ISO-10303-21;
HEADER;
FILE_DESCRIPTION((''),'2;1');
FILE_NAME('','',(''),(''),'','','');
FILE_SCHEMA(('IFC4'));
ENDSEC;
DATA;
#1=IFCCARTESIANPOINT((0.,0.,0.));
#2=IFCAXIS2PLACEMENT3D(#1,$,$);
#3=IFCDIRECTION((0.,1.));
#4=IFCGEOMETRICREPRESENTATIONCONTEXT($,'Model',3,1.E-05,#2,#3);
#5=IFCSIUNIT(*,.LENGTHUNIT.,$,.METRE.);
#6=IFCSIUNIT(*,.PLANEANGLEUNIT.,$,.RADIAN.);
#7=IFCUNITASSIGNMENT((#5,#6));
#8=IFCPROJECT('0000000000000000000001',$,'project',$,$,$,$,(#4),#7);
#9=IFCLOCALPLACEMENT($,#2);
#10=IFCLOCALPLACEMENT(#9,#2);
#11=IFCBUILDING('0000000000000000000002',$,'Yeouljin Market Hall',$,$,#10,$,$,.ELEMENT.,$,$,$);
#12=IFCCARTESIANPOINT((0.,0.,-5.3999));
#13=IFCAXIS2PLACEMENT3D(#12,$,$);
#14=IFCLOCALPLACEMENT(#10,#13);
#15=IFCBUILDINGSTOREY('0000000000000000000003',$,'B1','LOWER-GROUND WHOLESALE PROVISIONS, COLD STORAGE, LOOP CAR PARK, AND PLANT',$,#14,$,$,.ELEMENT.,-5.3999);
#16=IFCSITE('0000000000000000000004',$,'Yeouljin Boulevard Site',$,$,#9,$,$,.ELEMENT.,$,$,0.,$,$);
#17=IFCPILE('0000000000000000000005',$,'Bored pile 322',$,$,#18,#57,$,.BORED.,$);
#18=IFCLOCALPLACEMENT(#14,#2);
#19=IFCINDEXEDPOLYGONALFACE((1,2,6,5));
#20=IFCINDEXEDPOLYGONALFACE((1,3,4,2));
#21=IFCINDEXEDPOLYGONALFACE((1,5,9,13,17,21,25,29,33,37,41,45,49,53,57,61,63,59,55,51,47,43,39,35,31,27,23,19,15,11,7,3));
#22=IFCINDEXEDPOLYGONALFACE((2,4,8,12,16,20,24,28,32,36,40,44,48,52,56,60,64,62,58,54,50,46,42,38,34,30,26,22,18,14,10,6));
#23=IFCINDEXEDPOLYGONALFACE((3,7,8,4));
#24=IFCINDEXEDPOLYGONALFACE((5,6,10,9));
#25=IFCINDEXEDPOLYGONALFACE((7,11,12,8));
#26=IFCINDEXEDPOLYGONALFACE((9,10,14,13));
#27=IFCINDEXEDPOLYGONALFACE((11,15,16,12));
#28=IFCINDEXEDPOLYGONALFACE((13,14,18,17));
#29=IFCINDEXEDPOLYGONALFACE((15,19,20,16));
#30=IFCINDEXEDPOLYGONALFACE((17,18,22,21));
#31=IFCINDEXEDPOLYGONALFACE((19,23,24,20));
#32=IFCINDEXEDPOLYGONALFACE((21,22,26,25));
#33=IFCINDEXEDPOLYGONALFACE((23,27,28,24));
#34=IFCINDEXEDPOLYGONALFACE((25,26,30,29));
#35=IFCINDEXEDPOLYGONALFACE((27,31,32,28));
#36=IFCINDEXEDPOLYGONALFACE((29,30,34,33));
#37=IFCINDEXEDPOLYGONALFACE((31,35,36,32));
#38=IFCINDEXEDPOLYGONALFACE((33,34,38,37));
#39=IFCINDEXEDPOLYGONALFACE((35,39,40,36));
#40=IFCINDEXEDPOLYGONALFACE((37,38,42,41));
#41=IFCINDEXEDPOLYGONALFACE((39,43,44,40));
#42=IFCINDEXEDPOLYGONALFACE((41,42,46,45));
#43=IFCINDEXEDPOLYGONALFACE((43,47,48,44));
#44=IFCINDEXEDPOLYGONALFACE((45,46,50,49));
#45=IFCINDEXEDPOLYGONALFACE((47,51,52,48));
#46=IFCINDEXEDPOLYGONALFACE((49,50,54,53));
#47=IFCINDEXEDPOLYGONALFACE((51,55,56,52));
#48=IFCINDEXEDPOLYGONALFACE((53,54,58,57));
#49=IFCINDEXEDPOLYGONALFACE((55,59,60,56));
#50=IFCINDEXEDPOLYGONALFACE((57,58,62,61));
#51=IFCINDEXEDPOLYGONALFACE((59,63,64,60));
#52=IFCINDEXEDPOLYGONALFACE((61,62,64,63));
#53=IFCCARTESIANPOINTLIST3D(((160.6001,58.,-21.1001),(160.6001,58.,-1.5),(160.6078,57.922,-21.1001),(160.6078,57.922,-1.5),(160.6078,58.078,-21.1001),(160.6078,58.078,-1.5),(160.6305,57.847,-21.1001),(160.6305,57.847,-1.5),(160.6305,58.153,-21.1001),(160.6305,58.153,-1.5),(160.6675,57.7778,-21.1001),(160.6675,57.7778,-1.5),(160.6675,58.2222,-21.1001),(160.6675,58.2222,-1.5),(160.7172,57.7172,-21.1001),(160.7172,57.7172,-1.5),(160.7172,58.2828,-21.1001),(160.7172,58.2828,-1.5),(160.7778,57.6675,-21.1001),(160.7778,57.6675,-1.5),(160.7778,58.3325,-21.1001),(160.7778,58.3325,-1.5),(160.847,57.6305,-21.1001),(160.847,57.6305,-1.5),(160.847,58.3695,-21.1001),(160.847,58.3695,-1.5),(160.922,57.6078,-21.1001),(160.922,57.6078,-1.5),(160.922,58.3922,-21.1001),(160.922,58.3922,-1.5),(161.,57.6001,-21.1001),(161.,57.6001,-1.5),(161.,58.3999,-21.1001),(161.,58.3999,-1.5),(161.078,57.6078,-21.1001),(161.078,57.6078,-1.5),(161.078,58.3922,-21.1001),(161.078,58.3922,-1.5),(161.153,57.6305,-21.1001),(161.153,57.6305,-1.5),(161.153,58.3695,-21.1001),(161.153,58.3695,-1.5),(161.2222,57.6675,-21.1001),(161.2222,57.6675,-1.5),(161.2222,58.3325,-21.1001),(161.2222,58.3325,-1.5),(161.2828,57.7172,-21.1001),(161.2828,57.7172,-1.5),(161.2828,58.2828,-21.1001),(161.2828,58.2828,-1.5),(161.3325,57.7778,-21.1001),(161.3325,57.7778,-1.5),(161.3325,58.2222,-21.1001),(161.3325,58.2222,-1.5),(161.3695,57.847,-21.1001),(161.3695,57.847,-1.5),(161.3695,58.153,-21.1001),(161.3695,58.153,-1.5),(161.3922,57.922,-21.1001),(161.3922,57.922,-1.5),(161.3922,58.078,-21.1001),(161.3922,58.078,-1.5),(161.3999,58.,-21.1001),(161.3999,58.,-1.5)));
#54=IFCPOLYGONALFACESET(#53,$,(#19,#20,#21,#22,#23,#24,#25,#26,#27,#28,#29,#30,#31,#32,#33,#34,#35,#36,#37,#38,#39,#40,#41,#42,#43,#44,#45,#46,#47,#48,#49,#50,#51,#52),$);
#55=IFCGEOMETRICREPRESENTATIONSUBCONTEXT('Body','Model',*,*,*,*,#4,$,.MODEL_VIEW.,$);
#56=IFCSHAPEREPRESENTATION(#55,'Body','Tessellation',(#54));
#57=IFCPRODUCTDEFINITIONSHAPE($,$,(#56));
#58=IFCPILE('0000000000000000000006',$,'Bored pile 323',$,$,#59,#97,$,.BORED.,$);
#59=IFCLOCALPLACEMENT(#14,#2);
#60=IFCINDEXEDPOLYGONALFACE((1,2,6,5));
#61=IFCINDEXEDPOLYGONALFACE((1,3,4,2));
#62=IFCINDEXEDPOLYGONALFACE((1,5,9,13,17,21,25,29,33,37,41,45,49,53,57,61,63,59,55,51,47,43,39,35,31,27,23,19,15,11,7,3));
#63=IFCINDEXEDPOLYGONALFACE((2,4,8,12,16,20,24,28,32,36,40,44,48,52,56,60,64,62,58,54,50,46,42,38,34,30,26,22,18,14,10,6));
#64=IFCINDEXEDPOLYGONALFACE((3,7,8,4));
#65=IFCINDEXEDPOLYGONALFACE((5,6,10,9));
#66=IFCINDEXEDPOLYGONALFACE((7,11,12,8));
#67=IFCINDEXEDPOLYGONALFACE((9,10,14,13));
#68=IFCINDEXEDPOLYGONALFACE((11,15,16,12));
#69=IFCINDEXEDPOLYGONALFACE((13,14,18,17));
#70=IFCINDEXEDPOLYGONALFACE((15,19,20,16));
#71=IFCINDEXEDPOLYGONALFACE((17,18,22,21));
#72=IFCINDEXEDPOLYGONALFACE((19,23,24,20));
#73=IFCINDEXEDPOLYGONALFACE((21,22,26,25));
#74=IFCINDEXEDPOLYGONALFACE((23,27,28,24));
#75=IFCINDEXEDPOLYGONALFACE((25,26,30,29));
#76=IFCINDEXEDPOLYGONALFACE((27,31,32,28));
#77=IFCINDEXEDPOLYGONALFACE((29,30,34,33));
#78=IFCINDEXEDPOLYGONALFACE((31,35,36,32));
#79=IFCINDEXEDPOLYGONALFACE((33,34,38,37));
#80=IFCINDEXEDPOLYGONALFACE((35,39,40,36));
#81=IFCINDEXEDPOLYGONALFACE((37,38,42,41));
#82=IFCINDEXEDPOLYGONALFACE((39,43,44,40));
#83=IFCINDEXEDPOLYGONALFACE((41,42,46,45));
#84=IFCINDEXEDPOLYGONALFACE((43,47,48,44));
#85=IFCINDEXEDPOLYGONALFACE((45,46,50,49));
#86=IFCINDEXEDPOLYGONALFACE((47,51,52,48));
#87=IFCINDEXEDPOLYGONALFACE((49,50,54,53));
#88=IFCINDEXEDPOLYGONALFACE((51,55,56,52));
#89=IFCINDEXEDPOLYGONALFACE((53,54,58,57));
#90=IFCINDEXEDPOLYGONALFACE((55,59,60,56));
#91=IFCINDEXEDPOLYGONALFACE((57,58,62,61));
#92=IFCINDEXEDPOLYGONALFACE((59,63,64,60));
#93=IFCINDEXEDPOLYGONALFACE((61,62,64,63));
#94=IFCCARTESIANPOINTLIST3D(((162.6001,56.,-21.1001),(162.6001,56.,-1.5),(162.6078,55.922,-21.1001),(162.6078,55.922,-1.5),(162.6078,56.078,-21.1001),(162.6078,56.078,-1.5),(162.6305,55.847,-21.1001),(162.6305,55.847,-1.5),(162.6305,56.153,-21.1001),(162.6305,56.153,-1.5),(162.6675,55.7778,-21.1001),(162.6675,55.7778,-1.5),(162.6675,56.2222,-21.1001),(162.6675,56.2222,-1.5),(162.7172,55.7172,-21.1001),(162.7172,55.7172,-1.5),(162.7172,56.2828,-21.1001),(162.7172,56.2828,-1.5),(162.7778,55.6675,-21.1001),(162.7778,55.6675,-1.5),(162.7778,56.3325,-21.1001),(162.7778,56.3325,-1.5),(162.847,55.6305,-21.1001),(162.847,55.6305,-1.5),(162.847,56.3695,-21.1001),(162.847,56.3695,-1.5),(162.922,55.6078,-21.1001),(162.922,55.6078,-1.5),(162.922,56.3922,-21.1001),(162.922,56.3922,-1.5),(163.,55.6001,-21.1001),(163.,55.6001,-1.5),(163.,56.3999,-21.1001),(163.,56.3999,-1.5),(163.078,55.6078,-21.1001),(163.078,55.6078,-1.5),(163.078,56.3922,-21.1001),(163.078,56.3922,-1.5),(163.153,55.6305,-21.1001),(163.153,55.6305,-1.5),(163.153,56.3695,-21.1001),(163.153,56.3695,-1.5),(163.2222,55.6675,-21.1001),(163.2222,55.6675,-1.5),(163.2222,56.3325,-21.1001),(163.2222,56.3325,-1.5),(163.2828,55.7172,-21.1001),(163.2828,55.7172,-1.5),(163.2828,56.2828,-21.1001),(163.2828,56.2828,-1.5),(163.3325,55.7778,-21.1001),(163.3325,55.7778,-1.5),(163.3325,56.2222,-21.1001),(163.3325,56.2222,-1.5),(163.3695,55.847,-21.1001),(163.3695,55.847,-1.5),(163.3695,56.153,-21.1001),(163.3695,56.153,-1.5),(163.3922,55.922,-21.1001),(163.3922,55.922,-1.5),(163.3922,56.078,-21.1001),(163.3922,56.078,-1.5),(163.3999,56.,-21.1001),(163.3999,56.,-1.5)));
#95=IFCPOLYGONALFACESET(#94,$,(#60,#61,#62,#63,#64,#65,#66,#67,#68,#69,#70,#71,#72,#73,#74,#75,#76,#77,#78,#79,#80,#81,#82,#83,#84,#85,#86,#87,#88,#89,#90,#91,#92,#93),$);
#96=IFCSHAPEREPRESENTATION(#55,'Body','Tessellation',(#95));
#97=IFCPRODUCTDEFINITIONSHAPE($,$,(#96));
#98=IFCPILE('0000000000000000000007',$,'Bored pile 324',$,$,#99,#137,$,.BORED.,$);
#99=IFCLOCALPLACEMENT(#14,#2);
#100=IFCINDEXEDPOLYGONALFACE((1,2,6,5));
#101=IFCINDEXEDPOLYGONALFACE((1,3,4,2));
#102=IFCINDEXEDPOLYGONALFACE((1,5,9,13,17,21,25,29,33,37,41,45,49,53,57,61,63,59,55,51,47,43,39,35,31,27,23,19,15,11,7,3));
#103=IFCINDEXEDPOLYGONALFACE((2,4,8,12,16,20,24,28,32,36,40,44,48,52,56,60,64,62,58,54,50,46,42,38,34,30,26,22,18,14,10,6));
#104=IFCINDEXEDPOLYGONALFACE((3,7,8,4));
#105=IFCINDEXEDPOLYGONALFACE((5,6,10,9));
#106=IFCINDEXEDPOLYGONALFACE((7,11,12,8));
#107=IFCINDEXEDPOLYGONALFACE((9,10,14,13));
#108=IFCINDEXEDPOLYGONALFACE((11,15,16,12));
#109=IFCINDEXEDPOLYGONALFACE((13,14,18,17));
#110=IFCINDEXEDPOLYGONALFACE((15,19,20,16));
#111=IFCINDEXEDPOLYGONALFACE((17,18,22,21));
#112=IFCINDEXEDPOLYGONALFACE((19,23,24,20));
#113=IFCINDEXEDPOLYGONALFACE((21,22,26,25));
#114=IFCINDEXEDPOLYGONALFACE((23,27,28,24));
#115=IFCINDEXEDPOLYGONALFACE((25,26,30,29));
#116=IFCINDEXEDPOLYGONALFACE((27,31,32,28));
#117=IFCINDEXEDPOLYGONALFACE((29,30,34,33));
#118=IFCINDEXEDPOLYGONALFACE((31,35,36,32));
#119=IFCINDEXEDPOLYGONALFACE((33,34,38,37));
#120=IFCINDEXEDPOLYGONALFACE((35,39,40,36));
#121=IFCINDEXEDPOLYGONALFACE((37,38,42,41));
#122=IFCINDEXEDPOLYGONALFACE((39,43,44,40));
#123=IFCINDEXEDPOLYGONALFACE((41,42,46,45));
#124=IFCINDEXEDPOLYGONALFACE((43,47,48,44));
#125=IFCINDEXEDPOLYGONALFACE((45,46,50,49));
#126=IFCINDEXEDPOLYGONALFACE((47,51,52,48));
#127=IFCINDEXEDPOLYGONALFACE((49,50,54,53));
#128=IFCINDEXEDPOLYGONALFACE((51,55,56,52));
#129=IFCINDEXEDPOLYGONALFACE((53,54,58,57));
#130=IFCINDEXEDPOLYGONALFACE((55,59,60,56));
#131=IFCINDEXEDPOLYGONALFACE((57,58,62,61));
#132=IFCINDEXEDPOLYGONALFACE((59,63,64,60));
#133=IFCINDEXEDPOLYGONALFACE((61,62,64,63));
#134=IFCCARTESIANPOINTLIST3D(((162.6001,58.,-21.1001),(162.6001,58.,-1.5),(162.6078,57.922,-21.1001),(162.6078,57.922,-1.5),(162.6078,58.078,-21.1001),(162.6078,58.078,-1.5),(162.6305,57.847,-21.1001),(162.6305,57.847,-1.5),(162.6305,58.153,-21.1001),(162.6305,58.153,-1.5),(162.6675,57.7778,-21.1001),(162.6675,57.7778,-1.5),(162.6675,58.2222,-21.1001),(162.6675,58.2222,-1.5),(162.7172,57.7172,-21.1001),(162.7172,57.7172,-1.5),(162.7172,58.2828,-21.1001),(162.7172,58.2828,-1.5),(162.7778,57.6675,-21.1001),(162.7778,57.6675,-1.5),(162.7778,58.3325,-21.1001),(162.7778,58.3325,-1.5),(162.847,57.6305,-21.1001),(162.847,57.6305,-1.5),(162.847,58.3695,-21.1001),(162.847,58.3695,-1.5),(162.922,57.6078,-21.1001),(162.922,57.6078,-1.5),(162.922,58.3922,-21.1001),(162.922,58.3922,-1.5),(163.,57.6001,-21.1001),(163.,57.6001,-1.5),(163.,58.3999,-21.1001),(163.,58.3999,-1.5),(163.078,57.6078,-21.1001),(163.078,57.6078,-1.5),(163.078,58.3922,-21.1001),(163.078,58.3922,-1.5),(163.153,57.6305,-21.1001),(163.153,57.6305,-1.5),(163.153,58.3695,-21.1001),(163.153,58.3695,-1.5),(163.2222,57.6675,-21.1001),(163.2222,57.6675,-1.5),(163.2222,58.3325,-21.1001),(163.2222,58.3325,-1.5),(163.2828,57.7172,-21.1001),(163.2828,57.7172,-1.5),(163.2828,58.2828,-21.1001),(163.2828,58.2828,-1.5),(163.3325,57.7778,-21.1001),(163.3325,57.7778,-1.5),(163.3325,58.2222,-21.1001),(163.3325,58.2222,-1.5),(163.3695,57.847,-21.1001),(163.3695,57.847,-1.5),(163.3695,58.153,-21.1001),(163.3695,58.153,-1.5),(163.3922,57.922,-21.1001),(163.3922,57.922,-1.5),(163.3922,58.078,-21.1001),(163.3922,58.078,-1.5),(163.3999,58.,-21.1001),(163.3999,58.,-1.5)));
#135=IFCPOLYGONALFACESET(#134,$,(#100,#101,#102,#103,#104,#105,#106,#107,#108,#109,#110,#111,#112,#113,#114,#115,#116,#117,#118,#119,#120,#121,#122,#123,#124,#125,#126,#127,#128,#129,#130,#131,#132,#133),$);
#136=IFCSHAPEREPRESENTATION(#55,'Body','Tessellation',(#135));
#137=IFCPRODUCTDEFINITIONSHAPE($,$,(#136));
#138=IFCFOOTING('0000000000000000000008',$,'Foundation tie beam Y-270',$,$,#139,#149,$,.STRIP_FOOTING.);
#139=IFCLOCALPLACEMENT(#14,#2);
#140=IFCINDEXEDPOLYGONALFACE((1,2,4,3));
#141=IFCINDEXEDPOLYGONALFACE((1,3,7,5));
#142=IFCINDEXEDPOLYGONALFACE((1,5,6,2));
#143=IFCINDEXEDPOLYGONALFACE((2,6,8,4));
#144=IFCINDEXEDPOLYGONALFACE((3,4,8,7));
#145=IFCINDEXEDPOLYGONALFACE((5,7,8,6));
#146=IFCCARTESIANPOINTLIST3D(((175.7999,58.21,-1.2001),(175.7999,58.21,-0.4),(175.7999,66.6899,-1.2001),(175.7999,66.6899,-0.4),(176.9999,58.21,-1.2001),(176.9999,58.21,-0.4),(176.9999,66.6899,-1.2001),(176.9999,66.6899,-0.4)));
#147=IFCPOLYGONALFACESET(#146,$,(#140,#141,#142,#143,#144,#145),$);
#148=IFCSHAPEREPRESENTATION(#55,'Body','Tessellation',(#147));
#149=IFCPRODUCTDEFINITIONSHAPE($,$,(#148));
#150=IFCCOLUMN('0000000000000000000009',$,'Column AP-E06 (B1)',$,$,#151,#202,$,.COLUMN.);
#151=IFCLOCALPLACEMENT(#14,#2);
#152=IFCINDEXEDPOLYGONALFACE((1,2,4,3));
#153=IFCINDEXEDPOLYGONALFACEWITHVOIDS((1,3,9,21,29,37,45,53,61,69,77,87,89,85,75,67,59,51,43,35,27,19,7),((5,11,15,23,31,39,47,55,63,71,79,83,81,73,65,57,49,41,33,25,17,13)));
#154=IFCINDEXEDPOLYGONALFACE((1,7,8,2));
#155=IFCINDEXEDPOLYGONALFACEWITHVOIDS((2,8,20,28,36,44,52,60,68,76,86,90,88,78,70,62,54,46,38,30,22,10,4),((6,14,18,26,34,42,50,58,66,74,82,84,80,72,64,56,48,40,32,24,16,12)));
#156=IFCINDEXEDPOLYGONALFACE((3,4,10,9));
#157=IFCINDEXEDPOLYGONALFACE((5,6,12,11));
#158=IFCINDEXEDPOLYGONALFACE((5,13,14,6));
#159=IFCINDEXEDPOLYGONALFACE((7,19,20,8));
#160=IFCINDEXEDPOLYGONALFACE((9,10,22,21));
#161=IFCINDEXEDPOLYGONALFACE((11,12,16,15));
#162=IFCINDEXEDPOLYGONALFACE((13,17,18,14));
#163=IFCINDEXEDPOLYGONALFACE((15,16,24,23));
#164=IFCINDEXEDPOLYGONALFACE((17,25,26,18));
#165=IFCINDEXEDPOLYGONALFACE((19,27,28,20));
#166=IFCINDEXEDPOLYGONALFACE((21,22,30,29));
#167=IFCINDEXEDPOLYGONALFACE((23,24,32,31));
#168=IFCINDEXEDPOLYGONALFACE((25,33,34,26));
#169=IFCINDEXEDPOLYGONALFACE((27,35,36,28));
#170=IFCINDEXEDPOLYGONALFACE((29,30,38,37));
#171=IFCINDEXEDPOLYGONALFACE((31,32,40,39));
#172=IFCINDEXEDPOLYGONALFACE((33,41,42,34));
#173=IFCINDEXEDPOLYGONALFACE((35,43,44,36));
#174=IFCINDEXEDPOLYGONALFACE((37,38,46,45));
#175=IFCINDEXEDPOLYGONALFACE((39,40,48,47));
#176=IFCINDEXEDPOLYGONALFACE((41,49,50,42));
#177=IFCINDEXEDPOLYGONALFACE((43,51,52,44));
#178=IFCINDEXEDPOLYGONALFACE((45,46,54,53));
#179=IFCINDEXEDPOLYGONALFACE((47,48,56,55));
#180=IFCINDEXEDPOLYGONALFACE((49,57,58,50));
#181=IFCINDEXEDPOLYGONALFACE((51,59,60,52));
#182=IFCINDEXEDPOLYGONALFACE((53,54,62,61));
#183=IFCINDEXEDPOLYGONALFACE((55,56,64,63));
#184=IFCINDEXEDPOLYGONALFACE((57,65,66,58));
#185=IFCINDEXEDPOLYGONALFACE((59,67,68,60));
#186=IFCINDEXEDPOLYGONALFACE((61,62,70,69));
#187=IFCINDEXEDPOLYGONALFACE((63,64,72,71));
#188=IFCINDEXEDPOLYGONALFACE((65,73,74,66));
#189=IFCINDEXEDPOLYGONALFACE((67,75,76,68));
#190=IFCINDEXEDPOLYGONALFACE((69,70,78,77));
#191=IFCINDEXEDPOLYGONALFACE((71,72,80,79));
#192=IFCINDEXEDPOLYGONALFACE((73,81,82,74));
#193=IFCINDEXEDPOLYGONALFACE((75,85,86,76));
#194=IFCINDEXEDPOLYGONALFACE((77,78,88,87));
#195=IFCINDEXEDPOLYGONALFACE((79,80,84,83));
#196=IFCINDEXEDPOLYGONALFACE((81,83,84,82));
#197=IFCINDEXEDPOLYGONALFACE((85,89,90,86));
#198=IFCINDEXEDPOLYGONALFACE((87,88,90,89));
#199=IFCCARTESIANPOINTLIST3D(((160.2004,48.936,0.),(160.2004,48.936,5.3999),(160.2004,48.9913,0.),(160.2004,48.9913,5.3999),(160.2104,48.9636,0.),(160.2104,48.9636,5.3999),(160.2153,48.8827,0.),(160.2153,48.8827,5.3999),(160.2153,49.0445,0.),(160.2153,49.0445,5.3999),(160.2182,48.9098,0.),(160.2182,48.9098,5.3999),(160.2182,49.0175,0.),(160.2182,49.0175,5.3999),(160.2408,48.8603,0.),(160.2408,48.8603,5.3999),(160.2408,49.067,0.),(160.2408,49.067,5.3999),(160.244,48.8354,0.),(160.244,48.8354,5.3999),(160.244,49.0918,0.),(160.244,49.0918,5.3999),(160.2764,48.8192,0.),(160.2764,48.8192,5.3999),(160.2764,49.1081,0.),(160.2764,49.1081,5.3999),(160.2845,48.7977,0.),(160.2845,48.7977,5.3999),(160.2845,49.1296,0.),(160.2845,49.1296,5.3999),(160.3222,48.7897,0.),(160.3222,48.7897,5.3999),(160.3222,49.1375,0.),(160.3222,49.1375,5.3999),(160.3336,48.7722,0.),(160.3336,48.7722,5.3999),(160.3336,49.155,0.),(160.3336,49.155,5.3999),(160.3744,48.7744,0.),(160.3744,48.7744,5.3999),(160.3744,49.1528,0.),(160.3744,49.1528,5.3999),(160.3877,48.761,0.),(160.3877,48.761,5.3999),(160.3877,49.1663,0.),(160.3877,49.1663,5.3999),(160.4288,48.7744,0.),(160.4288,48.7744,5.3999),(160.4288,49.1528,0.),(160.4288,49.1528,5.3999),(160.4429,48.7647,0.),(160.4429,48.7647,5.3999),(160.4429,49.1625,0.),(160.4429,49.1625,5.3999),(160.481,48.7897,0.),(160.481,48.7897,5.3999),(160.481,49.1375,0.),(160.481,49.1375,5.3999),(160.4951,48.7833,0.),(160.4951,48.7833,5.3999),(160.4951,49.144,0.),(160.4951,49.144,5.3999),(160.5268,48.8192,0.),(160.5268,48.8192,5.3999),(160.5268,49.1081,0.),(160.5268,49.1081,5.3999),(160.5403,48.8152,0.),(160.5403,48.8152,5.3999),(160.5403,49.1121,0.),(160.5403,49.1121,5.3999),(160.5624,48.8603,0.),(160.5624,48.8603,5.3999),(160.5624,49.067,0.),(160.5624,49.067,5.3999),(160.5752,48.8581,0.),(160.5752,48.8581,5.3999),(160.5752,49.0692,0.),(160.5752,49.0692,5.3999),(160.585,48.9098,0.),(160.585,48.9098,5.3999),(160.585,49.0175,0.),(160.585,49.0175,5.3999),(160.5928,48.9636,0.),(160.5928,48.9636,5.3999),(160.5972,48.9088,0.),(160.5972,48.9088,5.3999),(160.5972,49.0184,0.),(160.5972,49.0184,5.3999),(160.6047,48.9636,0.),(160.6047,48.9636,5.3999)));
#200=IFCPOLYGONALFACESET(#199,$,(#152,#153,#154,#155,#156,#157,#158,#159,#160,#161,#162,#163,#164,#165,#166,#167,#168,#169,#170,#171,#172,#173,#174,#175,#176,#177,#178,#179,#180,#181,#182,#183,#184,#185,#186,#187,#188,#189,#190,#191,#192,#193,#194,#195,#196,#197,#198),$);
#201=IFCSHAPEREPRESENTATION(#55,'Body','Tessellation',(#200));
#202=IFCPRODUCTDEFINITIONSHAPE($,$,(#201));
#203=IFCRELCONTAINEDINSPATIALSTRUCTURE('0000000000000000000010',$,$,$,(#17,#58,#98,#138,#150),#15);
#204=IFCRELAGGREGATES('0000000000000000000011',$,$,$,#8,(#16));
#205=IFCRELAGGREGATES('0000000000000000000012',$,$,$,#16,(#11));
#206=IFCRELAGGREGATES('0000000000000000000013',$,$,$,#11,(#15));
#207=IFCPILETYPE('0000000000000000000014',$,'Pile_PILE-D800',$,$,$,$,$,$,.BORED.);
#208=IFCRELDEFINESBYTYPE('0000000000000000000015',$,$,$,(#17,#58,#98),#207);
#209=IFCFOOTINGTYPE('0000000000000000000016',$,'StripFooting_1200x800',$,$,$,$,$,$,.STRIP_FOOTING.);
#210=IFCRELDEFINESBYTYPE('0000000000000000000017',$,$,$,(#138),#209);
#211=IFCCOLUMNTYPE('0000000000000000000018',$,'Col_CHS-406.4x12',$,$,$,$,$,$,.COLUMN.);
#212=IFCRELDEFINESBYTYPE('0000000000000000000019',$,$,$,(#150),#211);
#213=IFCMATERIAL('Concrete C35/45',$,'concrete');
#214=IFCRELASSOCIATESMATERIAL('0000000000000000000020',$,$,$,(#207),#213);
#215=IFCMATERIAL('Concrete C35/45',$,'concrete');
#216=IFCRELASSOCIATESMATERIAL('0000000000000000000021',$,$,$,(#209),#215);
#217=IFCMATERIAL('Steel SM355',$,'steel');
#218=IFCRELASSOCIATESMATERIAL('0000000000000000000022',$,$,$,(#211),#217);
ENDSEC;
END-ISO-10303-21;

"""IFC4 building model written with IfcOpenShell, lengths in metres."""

from ifc_helpers import new_model, si_unit, direction, frame, origin, origin_2d, place, context, subcontext, project, spatial, rectangle, circle, hollow_circle, extrude, material, material_profile, profile_set, type_object, element, save


model = new_model("IFC4")

# Units and contexts
model_context = context("Model", 3, precision=1e-05, world=origin(), true_north=direction((0.0, 1.0)))
body_context = subcontext(model_context, "Body", "Model", "MODEL_VIEW")
ifc_project = project(units=[si_unit("LENGTHUNIT", "METRE"), si_unit("PLANEANGLEUNIT", "RADIAN")], contexts=[model_context])

# Site, building, storey
site_placement = place(None, origin())
site = spatial("IfcSite", under=ifc_project, at=site_placement, Name="Yeouljin Boulevard Site", CompositionType="ELEMENT", RefElevation=0.0)
building_placement = place(site_placement, origin())
building = spatial("IfcBuilding", under=site, at=building_placement, Name="Yeouljin Market Hall", CompositionType="ELEMENT")
storey_placement = place(building_placement, frame((0.0, 0.0, -5.3999)))
storey = spatial("IfcBuildingStorey", under=building, at=storey_placement, Name="B1", Description="LOWER-GROUND WHOLESALE PROVISIONS, COLD STORAGE, LOOP CAR PARK, AND PLANT", CompositionType="ELEMENT", Elevation=-5.3999)

# Piles
ifc_material_1 = material(Name="Concrete C35/45", Category="concrete")
ifc_material_profile_1 = material_profile(ifc_material_1, circle(Radius=0.3999, at=origin_2d()), Name="PILE-D800")
ifc_profile_set_1 = profile_set([ifc_material_profile_1], Name="Concrete C35/45")
pile_type = type_object("IfcPileType", Name="Pile_PILE-D800", PredefinedType="BORED", material=ifc_profile_set_1)
for number, where, z_axis, x_axis, name in (
    (1, (161.0, 58.0, -1.5), (0.0, 0.0, -1.0), (1.0, 0.0, 0.0), "Bored pile 322"),
    (2, (163.0, 56.0, -1.5), (0.0, 0.0, -1.0), (1.0, 0.0, 0.0), "Bored pile 323"),
    (3, (163.0, 58.0, -1.5), (0.0, 0.0, -1.0), (1.0, 0.0, 0.0), "Bored pile 324"),
):
    element("IfcPile", number, at=place(storey_placement, frame(where, z_axis=z_axis, x_axis=x_axis)), inside=storey, type_object=pile_type, Name=name, PredefinedType="BORED", context=body_context, shape_type="SweptSolid", body=[
        extrude(circle(Radius=0.3999, at=origin_2d()), origin(), (0.0, 0.0, 1.0), 19.6001),
    ])

# Footing
ifc_material_2 = material(Name="Concrete C35/45", Category="concrete")
ifc_material_profile_2 = material_profile(ifc_material_2, rectangle(XDim=1.2, YDim=0.8, at=origin_2d()), Name="SF-1200x800")
ifc_profile_set_2 = profile_set([ifc_material_profile_2], Name="Concrete C35/45")
footing_type_1 = type_object("IfcFootingType", Name="StripFooting_1200x800", PredefinedType="STRIP_FOOTING", material=ifc_profile_set_2)
footing_1_placement = place(storey_placement, frame((176.3999, 58.21, -0.8), z_axis=(0.0, 1.0, 0.0), x_axis=(-1.0, 0.0, 0.0)))
element("IfcFooting", 4, at=footing_1_placement, inside=storey, type_object=footing_type_1, Name="Foundation tie beam Y-270", PredefinedType="STRIP_FOOTING", context=body_context, shape_type="SweptSolid", body=[
    extrude(rectangle(XDim=1.2, YDim=0.8, at=origin_2d()), origin(), (0.0, 0.0, 1.0), 8.48),
])

# Column
ifc_material_3 = material(Name="Steel SM355", Category="steel")
ifc_material_profile_3 = material_profile(ifc_material_3, hollow_circle(Radius=0.2031, WallThickness=0.012, at=origin_2d()), Name="CHS-406.4x12")
ifc_profile_set_3 = profile_set([ifc_material_profile_3], Name="Steel SM355")
column_type_1 = type_object("IfcColumnType", Name="Col_CHS-406.4x12", PredefinedType="COLUMN", material=ifc_profile_set_3)
for number, where, z_axis, x_axis, name in (
    (5, (160.4016, 48.9636, 0.0), (0.0, 0.0, 1.0), (1.0, 0.0, 0.0), "Column AP-E06 (B1)"),
):
    element("IfcColumn", number, at=place(storey_placement, frame(where, z_axis=z_axis, x_axis=x_axis)), inside=storey, type_object=column_type_1, Name=name, PredefinedType="COLUMN", context=body_context, shape_type="SweptSolid", body=[
        extrude(hollow_circle(Radius=0.2031, WallThickness=0.012, at=origin_2d()), origin(), (0.0, 0.0, 1.0), 5.3999),
    ])

save(model, "model.ifc")
